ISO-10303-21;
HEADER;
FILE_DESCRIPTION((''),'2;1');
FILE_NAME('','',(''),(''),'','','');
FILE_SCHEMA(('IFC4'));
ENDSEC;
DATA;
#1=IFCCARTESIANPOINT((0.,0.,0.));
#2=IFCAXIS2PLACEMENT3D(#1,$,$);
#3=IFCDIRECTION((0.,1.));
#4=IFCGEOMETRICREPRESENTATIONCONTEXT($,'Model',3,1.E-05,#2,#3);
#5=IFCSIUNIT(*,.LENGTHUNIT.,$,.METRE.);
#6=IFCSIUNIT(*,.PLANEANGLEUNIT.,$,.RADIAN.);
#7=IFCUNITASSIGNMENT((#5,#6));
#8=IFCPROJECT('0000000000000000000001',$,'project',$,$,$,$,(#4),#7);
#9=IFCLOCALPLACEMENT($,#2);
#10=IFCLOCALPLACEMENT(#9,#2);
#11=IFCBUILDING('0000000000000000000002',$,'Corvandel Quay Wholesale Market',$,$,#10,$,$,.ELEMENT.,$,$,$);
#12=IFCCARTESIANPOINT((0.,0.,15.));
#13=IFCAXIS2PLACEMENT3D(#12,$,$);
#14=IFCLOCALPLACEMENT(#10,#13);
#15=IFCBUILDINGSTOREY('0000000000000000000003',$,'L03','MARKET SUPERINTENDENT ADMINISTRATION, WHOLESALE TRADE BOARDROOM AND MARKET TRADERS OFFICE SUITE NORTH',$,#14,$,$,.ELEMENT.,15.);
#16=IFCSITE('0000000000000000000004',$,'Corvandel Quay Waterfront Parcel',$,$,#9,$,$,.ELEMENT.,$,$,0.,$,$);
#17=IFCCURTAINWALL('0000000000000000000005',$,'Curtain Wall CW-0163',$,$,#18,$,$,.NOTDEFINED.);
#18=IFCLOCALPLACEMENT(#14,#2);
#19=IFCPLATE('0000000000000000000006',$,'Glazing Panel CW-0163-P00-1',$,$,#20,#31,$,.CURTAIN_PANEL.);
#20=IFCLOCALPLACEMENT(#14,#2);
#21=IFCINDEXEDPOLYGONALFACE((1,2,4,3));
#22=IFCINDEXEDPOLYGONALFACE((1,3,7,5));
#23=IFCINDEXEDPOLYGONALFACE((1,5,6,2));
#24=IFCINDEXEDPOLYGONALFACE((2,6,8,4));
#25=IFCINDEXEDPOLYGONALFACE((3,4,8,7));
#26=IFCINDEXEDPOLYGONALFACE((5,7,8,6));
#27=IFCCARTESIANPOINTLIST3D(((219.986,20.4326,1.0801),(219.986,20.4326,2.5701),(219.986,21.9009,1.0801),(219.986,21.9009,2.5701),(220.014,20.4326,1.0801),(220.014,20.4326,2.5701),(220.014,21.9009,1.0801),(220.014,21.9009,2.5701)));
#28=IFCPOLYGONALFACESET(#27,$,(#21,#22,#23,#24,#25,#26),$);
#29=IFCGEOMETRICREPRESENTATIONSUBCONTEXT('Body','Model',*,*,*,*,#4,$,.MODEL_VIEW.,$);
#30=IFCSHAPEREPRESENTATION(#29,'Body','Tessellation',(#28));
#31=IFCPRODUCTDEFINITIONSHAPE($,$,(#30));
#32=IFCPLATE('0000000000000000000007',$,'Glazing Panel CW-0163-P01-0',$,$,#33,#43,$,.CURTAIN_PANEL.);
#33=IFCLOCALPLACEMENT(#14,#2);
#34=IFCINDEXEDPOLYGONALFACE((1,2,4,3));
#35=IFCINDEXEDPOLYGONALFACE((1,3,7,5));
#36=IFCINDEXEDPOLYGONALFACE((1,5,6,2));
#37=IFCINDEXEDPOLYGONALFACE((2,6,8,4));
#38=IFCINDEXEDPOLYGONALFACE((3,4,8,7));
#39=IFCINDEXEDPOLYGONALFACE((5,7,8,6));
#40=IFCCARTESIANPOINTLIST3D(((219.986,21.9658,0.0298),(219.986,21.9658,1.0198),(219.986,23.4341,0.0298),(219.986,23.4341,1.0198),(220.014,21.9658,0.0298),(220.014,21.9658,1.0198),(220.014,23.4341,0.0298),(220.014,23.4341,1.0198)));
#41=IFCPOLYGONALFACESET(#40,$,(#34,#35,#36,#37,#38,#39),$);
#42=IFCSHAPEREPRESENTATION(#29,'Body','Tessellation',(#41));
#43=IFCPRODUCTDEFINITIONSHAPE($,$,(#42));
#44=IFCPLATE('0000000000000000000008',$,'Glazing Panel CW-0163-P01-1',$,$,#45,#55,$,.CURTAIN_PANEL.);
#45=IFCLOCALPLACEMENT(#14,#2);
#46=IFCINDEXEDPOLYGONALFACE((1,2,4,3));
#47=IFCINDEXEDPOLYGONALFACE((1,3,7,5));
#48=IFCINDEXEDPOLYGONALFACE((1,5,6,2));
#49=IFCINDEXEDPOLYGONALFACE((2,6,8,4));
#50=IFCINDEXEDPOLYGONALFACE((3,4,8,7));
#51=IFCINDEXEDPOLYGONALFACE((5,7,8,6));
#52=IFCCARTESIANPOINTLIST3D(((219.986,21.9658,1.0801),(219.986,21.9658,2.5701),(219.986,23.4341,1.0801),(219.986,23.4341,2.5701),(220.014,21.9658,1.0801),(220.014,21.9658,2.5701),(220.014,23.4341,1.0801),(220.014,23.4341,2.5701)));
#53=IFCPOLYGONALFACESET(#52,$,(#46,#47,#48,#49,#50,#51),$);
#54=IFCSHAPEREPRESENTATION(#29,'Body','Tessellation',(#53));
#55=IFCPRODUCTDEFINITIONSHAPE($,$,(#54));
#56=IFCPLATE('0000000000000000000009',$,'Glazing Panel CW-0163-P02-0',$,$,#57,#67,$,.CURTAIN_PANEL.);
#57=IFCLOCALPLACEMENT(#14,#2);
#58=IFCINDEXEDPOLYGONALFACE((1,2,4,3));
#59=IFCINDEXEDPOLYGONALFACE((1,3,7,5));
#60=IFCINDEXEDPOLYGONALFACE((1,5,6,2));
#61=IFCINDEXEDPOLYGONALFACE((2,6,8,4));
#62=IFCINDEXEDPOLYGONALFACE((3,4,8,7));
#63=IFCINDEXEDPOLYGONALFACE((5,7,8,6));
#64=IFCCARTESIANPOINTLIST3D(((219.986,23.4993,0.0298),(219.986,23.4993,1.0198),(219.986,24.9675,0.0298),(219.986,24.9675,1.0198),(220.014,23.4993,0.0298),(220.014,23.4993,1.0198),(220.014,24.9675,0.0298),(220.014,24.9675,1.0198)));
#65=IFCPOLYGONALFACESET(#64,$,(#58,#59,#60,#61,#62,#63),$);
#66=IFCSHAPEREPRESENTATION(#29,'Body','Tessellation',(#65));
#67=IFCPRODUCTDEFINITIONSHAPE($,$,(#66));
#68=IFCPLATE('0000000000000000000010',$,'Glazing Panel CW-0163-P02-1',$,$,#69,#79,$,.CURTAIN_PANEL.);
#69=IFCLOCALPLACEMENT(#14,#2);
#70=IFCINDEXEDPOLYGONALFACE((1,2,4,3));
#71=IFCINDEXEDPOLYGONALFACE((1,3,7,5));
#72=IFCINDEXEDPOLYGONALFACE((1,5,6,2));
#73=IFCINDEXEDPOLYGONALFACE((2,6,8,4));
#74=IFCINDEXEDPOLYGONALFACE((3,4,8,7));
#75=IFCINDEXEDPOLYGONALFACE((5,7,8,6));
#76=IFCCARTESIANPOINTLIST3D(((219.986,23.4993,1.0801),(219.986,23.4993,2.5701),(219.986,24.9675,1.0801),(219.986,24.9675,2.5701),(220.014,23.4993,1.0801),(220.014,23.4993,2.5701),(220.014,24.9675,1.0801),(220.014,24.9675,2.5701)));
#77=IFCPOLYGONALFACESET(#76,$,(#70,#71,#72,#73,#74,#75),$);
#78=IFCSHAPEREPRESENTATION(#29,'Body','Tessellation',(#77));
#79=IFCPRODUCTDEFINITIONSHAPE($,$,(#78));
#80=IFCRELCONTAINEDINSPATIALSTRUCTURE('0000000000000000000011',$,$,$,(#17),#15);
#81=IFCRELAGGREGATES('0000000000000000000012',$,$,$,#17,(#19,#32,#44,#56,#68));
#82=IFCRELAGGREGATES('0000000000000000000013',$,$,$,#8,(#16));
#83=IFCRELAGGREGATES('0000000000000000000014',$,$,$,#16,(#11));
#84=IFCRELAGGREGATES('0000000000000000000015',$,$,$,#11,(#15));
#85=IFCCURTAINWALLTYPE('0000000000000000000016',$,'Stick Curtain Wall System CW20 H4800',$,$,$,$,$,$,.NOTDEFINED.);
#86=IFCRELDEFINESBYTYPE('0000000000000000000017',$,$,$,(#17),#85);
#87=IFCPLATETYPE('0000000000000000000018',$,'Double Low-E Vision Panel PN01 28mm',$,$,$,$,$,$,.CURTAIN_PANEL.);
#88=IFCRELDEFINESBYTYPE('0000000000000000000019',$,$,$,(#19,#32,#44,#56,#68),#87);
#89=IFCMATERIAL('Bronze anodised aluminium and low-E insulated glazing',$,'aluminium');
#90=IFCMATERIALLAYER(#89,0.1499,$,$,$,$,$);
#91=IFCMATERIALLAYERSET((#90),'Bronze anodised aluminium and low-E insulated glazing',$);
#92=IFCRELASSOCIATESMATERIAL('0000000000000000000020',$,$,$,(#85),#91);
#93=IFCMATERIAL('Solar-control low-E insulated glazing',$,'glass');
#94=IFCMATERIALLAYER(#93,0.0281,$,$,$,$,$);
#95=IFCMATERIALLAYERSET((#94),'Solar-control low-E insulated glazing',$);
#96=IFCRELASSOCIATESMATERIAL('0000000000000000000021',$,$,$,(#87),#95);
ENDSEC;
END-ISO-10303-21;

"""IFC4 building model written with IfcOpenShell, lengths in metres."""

from ifc_helpers import new_model, si_unit, direction, frame, origin, origin_2d, place, context, subcontext, project, spatial, rectangle, extrude, material, layer, layer_set, type_object, element, aggregate, save


model = new_model("IFC4")

# Units and contexts
model_context = context("Model", 3, precision=1e-05, world=origin(), true_north=direction((0.0, 1.0)))
body_context = subcontext(model_context, "Body", "Model", "MODEL_VIEW")
ifc_project = project(units=[si_unit("LENGTHUNIT", "METRE"), si_unit("PLANEANGLEUNIT", "RADIAN")], contexts=[model_context])

# Site, building, storey
site_placement = place(None, origin())
site = spatial("IfcSite", under=ifc_project, at=site_placement, Name="Corvandel Quay Waterfront Parcel", CompositionType="ELEMENT", RefElevation=0.0)
building_placement = place(site_placement, origin())
building = spatial("IfcBuilding", under=site, at=building_placement, Name="Corvandel Quay Wholesale Market", CompositionType="ELEMENT")
storey_placement = place(building_placement, frame((0.0, 0.0, 15.0)))
storey = spatial("IfcBuildingStorey", under=building, at=storey_placement, Name="L03", Description="MARKET SUPERINTENDENT ADMINISTRATION, WHOLESALE TRADE BOARDROOM AND MARKET TRADERS OFFICE SUITE NORTH", CompositionType="ELEMENT", Elevation=15.0)

# Curtain wall
ifc_material_1 = material(Name="Bronze anodised aluminium and low-E insulated glazing", Category="aluminium")
ifc_layer_1 = layer(ifc_material_1, 0.1499)
ifc_layer_set_1 = layer_set([ifc_layer_1], Name="Bronze anodised aluminium and low-E insulated glazing")
curtain_wall_type = type_object("IfcCurtainWallType", Name="Stick Curtain Wall System CW20 H4800", PredefinedType="NOTDEFINED", material=ifc_layer_set_1)
curtain_wall_placement = place(storey_placement, origin())
curtain_wall = element("IfcCurtainWall", 1, at=curtain_wall_placement, inside=storey, type_object=curtain_wall_type, Name="Curtain Wall CW-0163", PredefinedType="NOTDEFINED")

# Plates
ifc_material_2 = material(Name="Solar-control low-E insulated glazing", Category="glass")
ifc_layer_2 = layer(ifc_material_2, 0.0281)
ifc_layer_set_2 = layer_set([ifc_layer_2], Name="Solar-control low-E insulated glazing")
plate_type_1 = type_object("IfcPlateType", Name="Double Low-E Vision Panel PN01 28mm", PredefinedType="CURTAIN_PANEL", material=ifc_layer_set_2)
plate_1_placement = place(storey_placement, frame((220.0, 21.1667, 1.0801), z_axis=(0.0, 0.0, 1.0), x_axis=(0.0, 1.0, 0.0)))
plate_1 = element("IfcPlate", 2, at=plate_1_placement, type_object=plate_type_1, Name="Glazing Panel CW-0163-P00-1", PredefinedType="CURTAIN_PANEL", context=body_context, shape_type="SweptSolid", body=[
    extrude(rectangle(XDim=1.4683, YDim=0.0281, at=origin_2d()), origin(), (0.0, 0.0, 1.0), 1.49),
])
plate_2_placement = place(storey_placement, frame((220.0, 22.7, 0.0298), z_axis=(0.0, 0.0, 1.0), x_axis=(0.0, 1.0, 0.0)))
plate_2 = element("IfcPlate", 3, at=plate_2_placement, type_object=plate_type_1, Name="Glazing Panel CW-0163-P01-0", PredefinedType="CURTAIN_PANEL", context=body_context, shape_type="SweptSolid", body=[
    extrude(rectangle(XDim=1.4683, YDim=0.0281, at=origin_2d()), origin(), (0.0, 0.0, 1.0), 0.99),
])
plate_3_placement = place(storey_placement, frame((220.0, 22.7, 1.0801), z_axis=(0.0, 0.0, 1.0), x_axis=(0.0, 1.0, 0.0)))
plate_3 = element("IfcPlate", 4, at=plate_3_placement, type_object=plate_type_1, Name="Glazing Panel CW-0163-P01-1", PredefinedType="CURTAIN_PANEL", context=body_context, shape_type="SweptSolid", body=[
    extrude(rectangle(XDim=1.4683, YDim=0.0281, at=origin_2d()), origin(), (0.0, 0.0, 1.0), 1.49),
])
plate_4_placement = place(storey_placement, frame((220.0, 24.2334, 0.0298), z_axis=(0.0, 0.0, 1.0), x_axis=(0.0, 1.0, 0.0)))
plate_4 = element("IfcPlate", 5, at=plate_4_placement, type_object=plate_type_1, Name="Glazing Panel CW-0163-P02-0", PredefinedType="CURTAIN_PANEL", context=body_context, shape_type="SweptSolid", body=[
    extrude(rectangle(XDim=1.4683, YDim=0.0281, at=origin_2d()), origin(), (0.0, 0.0, 1.0), 0.99),
])
plate_5_placement = place(storey_placement, frame((220.0, 24.2334, 1.0801), z_axis=(0.0, 0.0, 1.0), x_axis=(0.0, 1.0, 0.0)))
plate_5 = element("IfcPlate", 6, at=plate_5_placement, type_object=plate_type_1, Name="Glazing Panel CW-0163-P02-1", PredefinedType="CURTAIN_PANEL", context=body_context, shape_type="SweptSolid", body=[
    extrude(rectangle(XDim=1.4683, YDim=0.0281, at=origin_2d()), origin(), (0.0, 0.0, 1.0), 1.49),
])
aggregate(curtain_wall, [plate_1, plate_2, plate_3, plate_4, plate_5])

save(model, "model.ifc")
